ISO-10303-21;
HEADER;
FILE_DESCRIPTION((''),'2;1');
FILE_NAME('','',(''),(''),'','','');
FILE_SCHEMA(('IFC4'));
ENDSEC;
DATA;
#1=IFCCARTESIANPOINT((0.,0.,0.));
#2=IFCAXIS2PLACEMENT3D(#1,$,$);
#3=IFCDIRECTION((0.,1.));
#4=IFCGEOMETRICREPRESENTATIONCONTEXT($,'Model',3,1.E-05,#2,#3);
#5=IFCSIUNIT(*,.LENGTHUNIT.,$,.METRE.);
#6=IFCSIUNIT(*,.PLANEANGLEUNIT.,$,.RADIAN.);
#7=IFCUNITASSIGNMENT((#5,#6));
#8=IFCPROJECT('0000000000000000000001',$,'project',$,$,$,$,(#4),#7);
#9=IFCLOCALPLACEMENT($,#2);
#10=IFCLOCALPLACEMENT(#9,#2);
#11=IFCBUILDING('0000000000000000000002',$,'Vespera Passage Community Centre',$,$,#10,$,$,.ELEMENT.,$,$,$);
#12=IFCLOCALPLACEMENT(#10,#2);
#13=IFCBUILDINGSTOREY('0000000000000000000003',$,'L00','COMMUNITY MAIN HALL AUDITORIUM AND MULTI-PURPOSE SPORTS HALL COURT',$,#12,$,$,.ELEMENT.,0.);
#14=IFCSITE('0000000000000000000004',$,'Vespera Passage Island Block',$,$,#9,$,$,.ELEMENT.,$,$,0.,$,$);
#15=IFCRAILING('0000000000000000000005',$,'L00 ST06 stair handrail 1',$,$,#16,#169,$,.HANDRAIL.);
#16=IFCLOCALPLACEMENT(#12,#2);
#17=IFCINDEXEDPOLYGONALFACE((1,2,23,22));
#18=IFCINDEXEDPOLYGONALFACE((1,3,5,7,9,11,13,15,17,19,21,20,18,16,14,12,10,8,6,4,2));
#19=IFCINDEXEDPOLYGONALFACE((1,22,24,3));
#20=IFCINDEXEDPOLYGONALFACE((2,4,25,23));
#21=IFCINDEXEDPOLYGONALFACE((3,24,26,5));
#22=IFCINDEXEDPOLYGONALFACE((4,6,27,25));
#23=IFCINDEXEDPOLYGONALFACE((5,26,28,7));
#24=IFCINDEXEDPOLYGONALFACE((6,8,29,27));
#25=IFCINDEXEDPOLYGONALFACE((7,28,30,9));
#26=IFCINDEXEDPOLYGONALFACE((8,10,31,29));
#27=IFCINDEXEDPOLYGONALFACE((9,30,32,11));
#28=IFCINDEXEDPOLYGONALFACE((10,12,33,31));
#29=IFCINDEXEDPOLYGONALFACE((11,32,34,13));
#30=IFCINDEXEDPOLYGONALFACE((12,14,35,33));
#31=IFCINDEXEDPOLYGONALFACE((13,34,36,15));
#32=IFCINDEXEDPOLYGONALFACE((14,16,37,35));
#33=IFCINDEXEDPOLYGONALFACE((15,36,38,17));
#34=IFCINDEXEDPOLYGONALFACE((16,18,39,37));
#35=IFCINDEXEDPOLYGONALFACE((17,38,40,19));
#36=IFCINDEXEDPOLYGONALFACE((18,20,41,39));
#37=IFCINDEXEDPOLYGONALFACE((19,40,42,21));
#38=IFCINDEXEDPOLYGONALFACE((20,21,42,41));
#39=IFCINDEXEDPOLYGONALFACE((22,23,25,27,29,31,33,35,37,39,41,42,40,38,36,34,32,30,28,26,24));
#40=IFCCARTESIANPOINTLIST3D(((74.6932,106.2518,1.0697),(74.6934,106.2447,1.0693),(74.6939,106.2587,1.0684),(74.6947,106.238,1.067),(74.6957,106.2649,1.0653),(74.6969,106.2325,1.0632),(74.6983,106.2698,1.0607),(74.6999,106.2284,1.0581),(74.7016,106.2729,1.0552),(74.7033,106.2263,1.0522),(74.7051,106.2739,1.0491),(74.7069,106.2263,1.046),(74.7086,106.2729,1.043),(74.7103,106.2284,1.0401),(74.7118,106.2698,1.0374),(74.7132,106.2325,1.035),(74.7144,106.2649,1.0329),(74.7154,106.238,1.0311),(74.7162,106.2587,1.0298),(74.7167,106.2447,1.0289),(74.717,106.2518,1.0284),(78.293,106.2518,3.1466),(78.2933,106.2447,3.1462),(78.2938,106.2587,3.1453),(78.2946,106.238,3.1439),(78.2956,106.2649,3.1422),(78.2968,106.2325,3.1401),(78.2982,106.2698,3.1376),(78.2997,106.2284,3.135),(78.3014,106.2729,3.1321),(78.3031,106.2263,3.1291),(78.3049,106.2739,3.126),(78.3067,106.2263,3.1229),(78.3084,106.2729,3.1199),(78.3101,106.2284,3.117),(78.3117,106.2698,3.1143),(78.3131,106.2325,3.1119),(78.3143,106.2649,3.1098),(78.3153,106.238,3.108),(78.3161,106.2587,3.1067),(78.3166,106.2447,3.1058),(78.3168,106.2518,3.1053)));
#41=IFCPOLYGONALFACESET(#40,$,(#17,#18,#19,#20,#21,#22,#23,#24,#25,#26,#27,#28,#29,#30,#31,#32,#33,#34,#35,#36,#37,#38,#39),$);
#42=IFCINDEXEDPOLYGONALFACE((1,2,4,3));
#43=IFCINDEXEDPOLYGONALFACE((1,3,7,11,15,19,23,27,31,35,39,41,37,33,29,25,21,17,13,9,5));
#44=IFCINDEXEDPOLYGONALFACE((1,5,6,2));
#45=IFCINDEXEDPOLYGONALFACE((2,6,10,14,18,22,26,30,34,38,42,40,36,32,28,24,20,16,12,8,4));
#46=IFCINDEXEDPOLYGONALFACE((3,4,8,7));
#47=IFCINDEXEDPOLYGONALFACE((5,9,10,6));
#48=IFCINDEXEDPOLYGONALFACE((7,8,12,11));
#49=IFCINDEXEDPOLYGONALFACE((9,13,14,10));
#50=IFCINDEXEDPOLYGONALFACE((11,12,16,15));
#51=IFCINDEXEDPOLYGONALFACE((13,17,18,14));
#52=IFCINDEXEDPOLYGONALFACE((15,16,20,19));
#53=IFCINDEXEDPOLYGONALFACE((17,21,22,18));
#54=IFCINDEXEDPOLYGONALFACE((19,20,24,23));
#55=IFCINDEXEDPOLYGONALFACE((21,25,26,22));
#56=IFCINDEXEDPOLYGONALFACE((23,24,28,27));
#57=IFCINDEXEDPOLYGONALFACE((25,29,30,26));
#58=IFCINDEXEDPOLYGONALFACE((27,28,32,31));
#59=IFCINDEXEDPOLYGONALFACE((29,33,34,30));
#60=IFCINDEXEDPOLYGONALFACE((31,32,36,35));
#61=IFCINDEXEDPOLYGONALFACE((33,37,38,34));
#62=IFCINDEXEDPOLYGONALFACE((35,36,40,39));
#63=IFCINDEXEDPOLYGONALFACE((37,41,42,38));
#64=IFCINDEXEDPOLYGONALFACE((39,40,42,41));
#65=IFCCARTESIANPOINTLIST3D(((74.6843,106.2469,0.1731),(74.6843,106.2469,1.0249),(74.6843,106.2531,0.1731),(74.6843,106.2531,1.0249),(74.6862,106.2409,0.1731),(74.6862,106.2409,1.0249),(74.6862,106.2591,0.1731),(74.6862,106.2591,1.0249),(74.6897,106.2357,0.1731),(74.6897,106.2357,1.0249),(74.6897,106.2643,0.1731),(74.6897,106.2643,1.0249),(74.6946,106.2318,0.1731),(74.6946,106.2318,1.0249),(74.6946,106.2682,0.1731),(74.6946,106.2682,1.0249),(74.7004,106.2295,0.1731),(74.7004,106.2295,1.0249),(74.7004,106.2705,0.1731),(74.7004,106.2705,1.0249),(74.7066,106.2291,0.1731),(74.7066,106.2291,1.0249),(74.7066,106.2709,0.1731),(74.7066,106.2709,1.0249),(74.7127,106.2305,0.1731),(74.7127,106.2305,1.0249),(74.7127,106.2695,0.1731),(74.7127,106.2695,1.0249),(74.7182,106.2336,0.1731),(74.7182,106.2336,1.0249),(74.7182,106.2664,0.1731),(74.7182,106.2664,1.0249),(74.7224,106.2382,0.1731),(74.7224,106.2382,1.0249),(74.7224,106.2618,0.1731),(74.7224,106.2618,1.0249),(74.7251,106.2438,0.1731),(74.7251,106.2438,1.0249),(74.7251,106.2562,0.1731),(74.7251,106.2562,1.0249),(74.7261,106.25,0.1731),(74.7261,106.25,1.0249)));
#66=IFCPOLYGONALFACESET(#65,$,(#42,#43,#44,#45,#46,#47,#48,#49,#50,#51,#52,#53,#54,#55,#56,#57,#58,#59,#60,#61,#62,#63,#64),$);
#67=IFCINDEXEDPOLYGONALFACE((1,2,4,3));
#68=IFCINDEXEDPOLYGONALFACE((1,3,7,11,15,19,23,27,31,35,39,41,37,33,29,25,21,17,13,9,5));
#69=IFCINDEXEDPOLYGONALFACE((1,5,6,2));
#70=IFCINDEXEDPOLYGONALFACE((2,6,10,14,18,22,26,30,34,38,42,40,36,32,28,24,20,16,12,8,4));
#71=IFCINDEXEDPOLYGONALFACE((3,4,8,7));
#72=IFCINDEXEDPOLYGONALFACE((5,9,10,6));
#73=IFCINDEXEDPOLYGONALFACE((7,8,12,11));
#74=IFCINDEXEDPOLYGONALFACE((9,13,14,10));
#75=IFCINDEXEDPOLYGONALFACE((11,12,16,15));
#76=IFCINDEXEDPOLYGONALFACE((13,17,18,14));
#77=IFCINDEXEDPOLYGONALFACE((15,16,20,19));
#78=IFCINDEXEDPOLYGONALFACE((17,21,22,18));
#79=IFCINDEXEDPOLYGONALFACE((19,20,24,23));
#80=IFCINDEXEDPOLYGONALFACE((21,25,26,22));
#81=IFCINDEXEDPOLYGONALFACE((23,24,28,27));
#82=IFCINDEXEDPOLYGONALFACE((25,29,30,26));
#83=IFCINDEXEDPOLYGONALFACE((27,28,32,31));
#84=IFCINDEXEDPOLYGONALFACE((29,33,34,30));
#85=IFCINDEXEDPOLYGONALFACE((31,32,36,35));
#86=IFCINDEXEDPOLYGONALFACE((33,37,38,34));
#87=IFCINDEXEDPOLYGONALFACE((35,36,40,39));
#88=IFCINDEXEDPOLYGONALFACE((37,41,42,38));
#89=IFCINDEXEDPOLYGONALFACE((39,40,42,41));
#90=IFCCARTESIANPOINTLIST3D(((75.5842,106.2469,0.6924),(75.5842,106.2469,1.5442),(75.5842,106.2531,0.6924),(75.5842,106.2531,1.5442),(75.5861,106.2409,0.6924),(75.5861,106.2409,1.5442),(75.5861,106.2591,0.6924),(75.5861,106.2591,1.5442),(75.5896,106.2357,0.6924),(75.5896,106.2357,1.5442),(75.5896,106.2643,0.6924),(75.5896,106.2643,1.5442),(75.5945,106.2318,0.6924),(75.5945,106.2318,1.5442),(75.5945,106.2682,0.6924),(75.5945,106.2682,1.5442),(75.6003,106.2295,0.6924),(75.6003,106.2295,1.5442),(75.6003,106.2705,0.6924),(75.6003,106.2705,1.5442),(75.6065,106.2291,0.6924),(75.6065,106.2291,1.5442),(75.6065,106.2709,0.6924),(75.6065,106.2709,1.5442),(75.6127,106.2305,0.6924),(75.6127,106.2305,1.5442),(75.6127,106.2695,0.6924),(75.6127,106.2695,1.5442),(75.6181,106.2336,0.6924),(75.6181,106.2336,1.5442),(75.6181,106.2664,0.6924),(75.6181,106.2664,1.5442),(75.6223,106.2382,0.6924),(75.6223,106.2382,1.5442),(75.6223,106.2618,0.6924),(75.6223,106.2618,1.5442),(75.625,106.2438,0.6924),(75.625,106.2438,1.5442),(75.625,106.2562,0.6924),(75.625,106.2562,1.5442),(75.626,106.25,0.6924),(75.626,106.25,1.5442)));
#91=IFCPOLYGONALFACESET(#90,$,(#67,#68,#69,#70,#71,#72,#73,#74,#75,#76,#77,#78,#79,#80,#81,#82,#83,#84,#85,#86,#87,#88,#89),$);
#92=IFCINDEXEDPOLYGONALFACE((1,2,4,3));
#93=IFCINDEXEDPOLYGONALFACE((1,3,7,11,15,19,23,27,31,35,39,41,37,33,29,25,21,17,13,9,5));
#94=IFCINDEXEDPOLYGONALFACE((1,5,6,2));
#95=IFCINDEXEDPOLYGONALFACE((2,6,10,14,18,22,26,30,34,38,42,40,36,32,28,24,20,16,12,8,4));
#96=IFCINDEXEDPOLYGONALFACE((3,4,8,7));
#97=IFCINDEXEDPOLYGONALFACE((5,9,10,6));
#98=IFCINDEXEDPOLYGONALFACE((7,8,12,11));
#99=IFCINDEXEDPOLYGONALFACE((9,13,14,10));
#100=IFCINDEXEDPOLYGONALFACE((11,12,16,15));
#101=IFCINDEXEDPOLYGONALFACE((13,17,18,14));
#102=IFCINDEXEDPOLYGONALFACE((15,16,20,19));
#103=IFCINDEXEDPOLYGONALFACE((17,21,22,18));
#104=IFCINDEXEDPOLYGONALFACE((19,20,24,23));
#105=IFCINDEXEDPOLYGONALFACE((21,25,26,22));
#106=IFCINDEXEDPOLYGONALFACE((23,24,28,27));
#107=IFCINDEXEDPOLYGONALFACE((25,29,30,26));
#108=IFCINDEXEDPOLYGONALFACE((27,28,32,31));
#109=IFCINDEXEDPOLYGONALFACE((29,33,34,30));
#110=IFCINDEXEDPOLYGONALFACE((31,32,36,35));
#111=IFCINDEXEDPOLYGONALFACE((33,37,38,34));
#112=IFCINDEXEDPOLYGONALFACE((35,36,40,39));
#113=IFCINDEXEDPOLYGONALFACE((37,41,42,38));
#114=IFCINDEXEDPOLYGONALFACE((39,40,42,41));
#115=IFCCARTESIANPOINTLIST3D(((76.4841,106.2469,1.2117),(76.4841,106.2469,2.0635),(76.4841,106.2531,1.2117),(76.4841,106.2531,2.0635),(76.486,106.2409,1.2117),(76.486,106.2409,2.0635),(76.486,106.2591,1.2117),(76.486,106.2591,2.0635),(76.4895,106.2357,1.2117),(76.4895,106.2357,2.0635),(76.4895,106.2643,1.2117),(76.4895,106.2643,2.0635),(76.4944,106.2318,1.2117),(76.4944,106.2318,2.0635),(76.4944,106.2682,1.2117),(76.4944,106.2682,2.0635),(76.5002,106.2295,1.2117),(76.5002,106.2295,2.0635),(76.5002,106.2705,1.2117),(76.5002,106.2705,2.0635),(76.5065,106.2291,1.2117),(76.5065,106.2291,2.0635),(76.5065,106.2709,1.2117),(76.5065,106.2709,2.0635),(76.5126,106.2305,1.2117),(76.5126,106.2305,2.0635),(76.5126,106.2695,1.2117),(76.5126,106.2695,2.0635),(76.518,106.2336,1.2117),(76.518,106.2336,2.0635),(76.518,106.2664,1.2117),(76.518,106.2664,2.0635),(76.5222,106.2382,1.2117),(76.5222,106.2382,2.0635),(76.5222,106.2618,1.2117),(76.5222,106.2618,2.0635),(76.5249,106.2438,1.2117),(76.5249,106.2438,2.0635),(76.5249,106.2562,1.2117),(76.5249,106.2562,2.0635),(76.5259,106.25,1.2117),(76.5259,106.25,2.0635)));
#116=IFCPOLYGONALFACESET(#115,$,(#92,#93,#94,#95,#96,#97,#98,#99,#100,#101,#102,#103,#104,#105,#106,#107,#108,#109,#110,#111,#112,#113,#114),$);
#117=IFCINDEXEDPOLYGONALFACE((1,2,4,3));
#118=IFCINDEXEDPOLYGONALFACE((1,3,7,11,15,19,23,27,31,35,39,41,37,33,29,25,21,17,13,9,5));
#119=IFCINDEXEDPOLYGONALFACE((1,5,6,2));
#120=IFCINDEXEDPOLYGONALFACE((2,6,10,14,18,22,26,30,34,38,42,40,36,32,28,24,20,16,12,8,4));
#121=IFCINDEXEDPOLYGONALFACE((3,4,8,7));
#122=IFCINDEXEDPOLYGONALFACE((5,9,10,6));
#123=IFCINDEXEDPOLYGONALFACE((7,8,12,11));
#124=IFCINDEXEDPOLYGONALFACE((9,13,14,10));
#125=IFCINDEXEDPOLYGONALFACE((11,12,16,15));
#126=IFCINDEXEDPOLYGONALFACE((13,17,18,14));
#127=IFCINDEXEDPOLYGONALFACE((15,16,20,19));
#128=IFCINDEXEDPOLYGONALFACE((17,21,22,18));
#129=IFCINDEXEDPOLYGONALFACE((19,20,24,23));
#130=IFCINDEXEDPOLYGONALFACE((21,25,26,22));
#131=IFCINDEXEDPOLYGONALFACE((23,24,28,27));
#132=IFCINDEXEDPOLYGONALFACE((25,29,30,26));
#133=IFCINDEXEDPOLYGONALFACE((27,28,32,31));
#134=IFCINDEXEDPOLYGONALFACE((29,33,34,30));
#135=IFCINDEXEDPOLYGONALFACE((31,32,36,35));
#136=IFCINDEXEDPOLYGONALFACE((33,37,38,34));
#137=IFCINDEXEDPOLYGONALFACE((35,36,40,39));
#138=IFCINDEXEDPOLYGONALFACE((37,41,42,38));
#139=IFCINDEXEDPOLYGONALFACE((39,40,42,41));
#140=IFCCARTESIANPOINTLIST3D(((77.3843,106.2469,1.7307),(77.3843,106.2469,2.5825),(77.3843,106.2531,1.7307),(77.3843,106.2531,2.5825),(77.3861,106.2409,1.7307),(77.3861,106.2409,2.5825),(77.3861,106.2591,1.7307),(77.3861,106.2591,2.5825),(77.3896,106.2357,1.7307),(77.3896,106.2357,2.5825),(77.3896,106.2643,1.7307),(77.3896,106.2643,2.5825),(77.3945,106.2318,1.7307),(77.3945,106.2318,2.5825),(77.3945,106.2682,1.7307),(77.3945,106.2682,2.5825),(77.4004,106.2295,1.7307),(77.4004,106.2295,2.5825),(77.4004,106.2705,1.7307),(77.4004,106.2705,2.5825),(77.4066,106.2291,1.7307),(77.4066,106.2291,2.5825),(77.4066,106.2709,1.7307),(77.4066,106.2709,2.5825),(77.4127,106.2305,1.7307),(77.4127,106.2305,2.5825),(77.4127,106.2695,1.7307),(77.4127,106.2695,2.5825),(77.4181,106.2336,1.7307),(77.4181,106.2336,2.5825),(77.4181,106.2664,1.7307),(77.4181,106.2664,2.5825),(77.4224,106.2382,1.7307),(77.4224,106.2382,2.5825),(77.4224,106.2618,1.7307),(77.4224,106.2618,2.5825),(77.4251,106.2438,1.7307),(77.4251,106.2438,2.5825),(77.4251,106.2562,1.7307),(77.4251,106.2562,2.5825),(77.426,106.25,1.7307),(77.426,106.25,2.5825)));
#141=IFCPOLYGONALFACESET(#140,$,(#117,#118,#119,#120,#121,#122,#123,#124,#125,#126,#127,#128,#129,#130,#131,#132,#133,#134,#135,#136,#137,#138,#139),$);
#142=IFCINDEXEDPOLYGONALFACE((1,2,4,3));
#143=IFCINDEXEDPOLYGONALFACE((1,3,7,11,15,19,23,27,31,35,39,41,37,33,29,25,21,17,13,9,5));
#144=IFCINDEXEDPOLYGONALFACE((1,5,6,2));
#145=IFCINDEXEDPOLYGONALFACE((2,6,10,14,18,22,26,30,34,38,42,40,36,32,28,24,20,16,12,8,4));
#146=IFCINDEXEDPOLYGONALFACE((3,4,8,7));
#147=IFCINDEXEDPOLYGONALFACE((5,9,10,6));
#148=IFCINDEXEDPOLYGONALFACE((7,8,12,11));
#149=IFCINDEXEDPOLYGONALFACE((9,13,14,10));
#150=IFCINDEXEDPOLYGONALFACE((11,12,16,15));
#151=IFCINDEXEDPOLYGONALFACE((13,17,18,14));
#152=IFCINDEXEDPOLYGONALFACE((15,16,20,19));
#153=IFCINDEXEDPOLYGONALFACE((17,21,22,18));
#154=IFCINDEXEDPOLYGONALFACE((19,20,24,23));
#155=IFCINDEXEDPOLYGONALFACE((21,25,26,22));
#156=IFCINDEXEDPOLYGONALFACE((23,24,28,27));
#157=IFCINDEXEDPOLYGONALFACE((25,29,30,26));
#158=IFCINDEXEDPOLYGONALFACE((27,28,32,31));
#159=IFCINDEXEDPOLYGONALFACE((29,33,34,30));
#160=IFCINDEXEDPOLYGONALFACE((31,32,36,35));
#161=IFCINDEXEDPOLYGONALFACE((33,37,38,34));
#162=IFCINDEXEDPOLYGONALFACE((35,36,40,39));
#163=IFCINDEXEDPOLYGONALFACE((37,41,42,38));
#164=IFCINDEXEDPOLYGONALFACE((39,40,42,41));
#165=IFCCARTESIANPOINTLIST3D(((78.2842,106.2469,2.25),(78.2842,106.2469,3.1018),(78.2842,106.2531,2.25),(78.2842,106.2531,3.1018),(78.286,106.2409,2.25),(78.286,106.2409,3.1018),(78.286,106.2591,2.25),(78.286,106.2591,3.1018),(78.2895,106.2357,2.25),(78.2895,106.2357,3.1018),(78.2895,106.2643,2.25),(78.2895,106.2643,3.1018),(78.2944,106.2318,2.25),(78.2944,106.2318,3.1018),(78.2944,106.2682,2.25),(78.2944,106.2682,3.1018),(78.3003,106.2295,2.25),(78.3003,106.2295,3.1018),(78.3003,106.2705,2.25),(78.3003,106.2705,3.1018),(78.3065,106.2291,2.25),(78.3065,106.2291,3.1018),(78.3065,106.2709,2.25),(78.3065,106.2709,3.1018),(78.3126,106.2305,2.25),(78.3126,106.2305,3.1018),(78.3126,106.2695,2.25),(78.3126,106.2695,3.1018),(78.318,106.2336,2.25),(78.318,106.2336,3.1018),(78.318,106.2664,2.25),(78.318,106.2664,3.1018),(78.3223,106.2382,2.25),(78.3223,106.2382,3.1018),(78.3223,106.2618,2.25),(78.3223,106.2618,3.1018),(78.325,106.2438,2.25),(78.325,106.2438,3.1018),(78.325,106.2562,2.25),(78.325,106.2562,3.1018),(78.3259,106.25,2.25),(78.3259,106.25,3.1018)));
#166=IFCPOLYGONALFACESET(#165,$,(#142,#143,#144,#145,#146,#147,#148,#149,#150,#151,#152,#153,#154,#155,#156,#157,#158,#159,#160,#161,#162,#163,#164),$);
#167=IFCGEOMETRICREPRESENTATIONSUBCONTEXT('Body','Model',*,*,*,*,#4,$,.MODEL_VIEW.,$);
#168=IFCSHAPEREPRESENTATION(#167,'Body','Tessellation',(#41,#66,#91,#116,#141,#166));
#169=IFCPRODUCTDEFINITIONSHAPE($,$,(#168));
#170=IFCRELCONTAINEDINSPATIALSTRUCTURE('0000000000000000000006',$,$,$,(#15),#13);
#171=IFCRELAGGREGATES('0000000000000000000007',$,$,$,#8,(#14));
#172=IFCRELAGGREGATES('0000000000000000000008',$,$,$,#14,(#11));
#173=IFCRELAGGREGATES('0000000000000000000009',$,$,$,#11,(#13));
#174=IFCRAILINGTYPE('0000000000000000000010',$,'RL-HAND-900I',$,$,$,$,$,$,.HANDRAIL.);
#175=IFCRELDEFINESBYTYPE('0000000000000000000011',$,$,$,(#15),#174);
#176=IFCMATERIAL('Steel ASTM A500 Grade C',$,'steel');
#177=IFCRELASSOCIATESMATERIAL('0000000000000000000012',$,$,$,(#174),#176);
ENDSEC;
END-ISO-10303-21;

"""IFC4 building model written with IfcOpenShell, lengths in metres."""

from ifc_helpers import new_model, si_unit, direction, frame, origin, origin_2d, place, context, subcontext, project, spatial, circle, extrude, material, type_object, element, save


model = new_model("IFC4")

# Units and contexts
model_context = context("Model", 3, precision=1e-05, world=origin(), true_north=direction((0.0, 1.0)))
body_context = subcontext(model_context, "Body", "Model", "MODEL_VIEW")
ifc_project = project(units=[si_unit("LENGTHUNIT", "METRE"), si_unit("PLANEANGLEUNIT", "RADIAN")], contexts=[model_context])

# Site, building, storey
site_placement = place(None, origin())
site = spatial("IfcSite", under=ifc_project, at=site_placement, Name="Vespera Passage Island Block", CompositionType="ELEMENT", RefElevation=0.0)
building_placement = place(site_placement, origin())
building = spatial("IfcBuilding", under=site, at=building_placement, Name="Vespera Passage Community Centre", CompositionType="ELEMENT")
storey_placement = place(building_placement, origin())
storey = spatial("IfcBuildingStorey", under=building, at=storey_placement, Name="L00", Description="COMMUNITY MAIN HALL AUDITORIUM AND MULTI-PURPOSE SPORTS HALL COURT", CompositionType="ELEMENT", Elevation=0.0)

# Railing
ifc_material_1 = material(Name="Steel ASTM A500 Grade C", Category="steel")
railing_type_1 = type_object("IfcRailingType", Name="RL-HAND-900I", PredefinedType="HANDRAIL", material=ifc_material_1)
railing_1_placement = place(storey_placement, frame((74.7051, 106.25, 0.1731)))
element("IfcRailing", 1, at=railing_1_placement, inside=storey, type_object=railing_type_1, Name="L00 ST06 stair handrail 1", PredefinedType="HANDRAIL", context=body_context, shape_type="SweptSolid", body=[
    extrude(circle(Radius=0.0239, at=origin_2d()), frame((0.0, 0.0, 0.876), z_axis=(0.866179, 0.0, 0.499734), x_axis=(0.0, 1.0, 0.0)), (0.0, 0.0, 1.0), 4.156),
    extrude(circle(Radius=0.021, at=origin_2d()), origin(), (0.0, 0.0, 1.0), 0.8518),
    extrude(circle(Radius=0.021, at=origin_2d()), frame((0.8999, 0.0, 0.5193)), (0.0, 0.0, 1.0), 0.8518),
    extrude(circle(Radius=0.021, at=origin_2d()), frame((1.7998, 0.0, 1.0386)), (0.0, 0.0, 1.0), 0.8518),
    extrude(circle(Radius=0.021, at=origin_2d()), frame((2.7, 0.0, 1.5576)), (0.0, 0.0, 1.0), 0.8518),
    extrude(circle(Radius=0.021, at=origin_2d()), frame((3.5999, 0.0, 2.0769)), (0.0, 0.0, 1.0), 0.8518),
])

save(model, "model.ifc")
